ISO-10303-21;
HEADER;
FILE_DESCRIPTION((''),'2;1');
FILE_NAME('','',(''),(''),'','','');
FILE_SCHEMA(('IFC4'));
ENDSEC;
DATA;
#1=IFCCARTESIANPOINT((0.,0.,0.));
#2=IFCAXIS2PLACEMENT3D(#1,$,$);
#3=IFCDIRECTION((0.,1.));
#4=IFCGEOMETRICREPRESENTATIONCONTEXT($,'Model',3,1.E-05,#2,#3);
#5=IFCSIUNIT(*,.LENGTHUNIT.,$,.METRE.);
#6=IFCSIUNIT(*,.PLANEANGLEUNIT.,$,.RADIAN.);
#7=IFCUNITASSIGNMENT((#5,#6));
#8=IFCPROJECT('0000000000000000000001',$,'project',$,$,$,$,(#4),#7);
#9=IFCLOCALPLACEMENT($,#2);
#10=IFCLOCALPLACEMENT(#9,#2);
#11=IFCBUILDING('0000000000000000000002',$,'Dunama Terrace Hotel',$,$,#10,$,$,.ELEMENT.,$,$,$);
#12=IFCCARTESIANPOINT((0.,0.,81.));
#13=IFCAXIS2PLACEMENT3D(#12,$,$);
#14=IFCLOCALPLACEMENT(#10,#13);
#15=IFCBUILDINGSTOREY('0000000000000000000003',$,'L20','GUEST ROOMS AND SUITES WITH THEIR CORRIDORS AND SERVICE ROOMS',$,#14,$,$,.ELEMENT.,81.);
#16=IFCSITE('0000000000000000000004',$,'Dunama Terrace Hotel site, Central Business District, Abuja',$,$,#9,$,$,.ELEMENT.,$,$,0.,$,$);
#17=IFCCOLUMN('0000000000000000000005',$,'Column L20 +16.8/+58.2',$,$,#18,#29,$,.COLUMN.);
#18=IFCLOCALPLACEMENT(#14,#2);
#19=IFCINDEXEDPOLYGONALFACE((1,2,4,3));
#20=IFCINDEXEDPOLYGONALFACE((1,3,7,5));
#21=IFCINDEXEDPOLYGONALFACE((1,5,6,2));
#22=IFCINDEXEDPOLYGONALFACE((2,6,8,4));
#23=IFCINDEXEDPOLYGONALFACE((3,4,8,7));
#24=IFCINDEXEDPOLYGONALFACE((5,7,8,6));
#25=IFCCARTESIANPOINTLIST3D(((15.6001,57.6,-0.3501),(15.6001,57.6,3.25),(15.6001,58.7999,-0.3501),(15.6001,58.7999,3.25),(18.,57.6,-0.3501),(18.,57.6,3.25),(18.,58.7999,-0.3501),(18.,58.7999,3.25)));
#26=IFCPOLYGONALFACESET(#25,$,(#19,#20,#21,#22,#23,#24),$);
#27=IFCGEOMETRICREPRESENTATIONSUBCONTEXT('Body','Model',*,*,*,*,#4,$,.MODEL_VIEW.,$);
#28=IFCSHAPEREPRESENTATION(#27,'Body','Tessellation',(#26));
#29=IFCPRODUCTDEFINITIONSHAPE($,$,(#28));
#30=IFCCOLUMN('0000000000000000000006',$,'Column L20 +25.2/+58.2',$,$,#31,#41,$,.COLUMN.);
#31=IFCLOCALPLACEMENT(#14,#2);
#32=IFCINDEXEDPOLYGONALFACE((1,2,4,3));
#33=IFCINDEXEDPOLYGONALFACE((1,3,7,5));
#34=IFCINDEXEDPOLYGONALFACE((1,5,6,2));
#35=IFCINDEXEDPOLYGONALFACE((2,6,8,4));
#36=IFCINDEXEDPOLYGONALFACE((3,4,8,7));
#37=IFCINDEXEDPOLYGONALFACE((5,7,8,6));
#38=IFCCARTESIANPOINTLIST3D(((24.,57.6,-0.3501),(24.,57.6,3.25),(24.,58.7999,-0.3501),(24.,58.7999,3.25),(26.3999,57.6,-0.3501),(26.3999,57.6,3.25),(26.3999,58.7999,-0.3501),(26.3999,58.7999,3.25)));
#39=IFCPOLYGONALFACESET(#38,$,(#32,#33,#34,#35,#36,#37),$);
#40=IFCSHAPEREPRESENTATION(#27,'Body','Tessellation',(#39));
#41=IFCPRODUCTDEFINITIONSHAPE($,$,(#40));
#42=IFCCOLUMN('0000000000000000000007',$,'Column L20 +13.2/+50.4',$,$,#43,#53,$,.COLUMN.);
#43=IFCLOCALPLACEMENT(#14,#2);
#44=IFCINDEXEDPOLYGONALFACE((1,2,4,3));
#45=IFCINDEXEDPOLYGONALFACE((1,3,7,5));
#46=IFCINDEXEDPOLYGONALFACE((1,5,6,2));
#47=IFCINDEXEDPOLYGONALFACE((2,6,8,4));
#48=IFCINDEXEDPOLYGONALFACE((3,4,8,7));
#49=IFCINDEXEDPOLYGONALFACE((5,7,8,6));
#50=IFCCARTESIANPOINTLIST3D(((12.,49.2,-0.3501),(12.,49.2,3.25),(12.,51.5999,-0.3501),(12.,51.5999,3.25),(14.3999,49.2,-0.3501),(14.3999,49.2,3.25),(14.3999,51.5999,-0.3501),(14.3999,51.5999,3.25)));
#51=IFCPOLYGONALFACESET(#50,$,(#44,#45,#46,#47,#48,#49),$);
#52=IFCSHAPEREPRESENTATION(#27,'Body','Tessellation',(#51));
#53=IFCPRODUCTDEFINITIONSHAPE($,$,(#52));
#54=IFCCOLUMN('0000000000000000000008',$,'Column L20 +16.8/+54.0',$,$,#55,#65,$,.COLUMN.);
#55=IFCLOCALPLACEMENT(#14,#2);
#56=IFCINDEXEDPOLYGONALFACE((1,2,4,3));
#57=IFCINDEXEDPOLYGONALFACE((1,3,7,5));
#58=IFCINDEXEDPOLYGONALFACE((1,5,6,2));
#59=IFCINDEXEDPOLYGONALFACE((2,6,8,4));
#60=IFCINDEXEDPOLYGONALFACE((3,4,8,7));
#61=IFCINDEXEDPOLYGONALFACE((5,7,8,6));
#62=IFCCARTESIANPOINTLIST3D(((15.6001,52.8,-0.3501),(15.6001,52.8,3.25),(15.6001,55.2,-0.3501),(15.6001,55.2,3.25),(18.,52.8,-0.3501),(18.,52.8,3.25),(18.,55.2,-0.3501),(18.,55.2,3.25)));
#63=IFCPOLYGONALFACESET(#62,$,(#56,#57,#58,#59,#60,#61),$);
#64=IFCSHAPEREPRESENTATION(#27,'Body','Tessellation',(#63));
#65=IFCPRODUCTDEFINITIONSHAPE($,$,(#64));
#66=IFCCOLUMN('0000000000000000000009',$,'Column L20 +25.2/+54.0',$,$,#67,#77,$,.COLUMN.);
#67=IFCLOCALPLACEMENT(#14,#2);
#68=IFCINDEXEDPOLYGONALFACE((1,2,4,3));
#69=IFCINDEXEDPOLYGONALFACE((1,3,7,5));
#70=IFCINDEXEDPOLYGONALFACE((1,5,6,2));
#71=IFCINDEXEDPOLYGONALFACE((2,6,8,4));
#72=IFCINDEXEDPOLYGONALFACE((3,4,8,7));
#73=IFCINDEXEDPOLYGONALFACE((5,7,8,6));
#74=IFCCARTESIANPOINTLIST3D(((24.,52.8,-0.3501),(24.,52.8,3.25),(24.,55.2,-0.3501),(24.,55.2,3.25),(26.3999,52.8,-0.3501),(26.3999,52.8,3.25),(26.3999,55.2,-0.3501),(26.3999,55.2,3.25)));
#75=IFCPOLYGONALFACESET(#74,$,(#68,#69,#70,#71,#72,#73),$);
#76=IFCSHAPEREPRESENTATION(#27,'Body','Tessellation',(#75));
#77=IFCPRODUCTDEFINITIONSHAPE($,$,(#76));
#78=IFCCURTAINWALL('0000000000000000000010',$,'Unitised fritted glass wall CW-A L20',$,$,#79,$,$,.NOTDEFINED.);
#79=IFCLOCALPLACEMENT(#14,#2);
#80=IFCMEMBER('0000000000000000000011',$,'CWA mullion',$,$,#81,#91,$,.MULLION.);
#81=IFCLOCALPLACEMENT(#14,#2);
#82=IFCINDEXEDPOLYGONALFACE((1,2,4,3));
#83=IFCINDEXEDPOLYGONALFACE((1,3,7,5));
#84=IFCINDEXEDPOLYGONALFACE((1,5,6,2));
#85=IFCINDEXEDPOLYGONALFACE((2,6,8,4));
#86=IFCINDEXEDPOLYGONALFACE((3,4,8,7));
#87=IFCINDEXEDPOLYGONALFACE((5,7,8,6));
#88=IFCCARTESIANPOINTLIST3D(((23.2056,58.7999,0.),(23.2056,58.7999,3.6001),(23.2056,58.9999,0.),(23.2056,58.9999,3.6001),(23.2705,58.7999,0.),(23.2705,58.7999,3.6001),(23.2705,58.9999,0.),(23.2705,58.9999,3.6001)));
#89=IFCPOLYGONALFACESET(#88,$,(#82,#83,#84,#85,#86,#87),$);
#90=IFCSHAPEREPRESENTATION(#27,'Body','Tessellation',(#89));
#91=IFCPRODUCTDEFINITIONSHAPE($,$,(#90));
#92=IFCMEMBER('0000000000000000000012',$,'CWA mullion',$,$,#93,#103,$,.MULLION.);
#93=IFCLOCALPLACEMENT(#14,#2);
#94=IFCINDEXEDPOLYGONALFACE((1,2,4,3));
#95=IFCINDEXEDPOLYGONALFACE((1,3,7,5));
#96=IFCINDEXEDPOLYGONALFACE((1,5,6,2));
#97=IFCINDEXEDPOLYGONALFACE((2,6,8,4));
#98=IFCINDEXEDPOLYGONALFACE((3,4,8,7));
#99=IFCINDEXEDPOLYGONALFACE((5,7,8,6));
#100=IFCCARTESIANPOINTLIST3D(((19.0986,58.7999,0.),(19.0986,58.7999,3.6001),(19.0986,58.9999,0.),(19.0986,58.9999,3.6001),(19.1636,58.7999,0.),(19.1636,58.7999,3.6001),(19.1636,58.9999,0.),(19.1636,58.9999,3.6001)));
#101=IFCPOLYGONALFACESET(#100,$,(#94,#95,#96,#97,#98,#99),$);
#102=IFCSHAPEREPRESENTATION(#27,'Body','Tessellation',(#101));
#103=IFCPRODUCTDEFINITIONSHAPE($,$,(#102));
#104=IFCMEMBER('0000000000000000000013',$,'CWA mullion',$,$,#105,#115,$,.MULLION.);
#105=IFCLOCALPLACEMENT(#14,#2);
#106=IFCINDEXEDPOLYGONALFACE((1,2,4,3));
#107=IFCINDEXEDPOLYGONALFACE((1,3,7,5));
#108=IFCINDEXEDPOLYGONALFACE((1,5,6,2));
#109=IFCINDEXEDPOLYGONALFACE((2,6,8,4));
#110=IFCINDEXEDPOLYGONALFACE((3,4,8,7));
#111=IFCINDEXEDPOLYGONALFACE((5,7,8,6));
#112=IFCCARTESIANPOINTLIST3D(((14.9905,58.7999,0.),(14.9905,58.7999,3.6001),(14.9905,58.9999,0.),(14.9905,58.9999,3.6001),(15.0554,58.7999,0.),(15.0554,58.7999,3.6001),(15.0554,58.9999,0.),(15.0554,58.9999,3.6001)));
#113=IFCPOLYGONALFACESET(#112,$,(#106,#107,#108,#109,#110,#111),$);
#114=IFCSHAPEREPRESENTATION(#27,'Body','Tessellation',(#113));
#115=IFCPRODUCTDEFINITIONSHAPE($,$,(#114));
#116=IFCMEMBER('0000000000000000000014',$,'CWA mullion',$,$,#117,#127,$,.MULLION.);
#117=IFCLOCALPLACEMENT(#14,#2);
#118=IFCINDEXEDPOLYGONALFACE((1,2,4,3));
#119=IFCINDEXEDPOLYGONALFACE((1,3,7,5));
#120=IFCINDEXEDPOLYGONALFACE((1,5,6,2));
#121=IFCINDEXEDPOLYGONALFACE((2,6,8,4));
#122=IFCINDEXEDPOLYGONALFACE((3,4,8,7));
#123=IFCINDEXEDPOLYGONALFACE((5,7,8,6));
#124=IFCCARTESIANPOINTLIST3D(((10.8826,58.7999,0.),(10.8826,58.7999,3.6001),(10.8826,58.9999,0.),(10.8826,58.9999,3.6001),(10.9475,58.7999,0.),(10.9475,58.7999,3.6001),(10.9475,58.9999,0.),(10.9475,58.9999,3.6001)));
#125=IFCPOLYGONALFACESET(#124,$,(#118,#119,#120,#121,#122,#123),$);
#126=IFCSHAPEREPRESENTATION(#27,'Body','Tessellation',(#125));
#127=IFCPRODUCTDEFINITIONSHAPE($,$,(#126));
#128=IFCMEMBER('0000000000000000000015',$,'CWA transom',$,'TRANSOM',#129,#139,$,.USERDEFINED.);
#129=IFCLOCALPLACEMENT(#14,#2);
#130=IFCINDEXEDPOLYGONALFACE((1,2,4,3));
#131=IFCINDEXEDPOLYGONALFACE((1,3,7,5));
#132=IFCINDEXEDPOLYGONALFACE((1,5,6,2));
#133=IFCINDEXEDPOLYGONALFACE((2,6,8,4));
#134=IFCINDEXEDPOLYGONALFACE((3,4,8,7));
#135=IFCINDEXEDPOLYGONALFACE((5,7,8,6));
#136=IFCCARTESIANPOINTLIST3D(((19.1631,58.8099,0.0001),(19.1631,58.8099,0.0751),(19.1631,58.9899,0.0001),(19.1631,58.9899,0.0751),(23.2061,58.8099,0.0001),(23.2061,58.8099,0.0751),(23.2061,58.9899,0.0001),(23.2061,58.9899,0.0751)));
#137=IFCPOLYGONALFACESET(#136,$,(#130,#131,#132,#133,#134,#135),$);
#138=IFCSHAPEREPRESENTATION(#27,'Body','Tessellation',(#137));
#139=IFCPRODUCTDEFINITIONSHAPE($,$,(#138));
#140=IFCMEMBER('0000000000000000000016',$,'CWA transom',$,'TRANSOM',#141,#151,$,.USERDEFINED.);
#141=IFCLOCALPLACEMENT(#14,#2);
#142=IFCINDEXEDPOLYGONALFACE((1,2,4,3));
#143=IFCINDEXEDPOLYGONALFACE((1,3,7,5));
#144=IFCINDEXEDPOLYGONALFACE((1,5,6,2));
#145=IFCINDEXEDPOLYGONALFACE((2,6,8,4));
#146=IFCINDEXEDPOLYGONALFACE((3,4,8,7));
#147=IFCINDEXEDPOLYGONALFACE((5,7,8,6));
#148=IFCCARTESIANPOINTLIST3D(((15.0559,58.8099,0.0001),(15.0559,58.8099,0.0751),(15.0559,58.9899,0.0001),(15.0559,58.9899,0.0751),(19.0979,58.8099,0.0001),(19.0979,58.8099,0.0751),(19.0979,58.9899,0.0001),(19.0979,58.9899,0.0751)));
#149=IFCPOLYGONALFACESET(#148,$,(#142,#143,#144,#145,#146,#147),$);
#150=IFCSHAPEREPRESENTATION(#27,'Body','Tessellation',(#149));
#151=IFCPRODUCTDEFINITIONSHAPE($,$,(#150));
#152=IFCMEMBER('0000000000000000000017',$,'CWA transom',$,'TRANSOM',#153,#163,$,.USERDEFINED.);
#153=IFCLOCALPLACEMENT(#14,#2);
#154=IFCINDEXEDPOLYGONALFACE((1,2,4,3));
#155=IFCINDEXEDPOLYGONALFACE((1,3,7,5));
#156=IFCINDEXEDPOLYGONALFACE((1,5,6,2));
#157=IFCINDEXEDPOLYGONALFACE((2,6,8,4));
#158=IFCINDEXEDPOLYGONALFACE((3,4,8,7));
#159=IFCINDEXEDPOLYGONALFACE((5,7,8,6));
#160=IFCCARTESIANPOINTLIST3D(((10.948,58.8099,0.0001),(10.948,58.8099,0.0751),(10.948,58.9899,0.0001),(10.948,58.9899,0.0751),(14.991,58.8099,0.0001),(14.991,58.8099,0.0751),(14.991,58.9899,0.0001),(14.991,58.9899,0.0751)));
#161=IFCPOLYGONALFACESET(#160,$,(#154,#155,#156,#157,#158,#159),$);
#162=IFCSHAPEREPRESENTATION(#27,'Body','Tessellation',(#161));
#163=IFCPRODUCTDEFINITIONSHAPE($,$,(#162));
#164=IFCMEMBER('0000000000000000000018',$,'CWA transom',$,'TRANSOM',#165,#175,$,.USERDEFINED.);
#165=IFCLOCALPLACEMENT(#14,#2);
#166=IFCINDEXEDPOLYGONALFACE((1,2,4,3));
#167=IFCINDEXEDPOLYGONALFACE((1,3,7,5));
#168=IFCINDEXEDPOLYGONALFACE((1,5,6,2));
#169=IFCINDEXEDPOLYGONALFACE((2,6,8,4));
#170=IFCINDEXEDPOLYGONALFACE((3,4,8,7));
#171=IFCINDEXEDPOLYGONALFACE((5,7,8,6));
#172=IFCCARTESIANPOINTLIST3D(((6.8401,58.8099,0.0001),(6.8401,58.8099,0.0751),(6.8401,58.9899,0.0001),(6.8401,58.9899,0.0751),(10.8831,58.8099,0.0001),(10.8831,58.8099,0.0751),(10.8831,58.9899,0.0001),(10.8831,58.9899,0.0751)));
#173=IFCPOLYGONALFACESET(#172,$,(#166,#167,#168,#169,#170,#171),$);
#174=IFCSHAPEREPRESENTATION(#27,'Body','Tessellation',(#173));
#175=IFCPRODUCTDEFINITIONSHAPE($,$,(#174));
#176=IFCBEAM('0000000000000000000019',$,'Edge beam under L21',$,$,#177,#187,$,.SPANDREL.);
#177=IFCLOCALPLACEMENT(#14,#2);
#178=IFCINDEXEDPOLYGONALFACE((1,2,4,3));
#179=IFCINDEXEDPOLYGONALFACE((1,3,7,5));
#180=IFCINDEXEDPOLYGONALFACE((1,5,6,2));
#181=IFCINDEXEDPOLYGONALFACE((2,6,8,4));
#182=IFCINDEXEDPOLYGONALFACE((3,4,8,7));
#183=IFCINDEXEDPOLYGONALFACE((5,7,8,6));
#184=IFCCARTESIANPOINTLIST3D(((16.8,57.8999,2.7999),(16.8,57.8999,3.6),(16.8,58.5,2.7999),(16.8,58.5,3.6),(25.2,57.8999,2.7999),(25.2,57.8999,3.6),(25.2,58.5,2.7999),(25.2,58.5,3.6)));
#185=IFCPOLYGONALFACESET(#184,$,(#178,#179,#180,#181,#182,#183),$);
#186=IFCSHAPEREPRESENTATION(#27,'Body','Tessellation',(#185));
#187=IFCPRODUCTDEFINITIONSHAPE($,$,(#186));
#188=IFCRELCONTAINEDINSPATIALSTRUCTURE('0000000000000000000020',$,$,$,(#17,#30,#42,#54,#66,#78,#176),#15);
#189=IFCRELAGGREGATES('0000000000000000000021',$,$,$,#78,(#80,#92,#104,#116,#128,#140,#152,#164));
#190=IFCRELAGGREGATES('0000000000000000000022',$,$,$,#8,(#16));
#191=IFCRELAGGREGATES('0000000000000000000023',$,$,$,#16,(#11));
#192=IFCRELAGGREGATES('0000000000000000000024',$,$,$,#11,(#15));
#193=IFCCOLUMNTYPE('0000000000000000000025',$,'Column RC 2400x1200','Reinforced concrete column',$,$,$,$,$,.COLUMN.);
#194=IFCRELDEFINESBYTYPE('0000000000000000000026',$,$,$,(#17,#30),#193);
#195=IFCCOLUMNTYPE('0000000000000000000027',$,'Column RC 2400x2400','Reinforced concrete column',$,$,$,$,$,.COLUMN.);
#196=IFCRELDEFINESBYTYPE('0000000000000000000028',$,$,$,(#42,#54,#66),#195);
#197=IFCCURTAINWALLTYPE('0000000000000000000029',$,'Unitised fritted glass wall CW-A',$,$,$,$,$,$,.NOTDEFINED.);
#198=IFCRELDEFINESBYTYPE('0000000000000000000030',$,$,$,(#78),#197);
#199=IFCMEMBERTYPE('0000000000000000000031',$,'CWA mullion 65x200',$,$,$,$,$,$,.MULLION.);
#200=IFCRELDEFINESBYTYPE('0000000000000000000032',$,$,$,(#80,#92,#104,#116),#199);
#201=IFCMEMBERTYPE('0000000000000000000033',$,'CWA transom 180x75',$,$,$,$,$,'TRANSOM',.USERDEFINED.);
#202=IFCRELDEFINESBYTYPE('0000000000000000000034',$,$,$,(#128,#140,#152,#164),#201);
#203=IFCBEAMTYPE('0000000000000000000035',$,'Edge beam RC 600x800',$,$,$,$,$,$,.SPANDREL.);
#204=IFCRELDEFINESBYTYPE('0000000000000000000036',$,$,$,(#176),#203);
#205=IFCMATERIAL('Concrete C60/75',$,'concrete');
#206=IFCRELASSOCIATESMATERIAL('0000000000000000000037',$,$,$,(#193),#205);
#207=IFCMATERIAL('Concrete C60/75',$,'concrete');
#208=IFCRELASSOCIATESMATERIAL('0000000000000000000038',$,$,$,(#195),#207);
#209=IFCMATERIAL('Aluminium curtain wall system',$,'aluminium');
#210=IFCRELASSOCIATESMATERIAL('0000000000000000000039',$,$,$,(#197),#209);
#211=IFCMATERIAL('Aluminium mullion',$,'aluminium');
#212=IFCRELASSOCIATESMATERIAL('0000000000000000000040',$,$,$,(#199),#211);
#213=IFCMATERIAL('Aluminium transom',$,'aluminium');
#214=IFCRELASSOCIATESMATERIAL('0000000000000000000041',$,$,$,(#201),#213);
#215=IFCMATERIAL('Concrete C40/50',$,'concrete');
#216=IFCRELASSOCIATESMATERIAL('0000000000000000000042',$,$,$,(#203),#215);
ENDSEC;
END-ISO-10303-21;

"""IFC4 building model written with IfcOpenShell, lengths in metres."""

from ifc_helpers import new_model, si_unit, direction, frame, origin, origin_2d, place, context, subcontext, project, spatial, rectangle, extrude, material, material_profile, profile_set, type_object, element, aggregate, save


model = new_model("IFC4")

# Units and contexts
model_context = context("Model", 3, precision=1e-05, world=origin(), true_north=direction((0.0, 1.0)))
body_context = subcontext(model_context, "Body", "Model", "MODEL_VIEW")
ifc_project = project(units=[si_unit("LENGTHUNIT", "METRE"), si_unit("PLANEANGLEUNIT", "RADIAN")], contexts=[model_context])

# Site, building, storey
site_placement = place(None, origin())
site = spatial("IfcSite", under=ifc_project, at=site_placement, Name="Dunama Terrace Hotel site, Central Business District, Abuja", CompositionType="ELEMENT", RefElevation=0.0)
building_placement = place(site_placement, origin())
building = spatial("IfcBuilding", under=site, at=building_placement, Name="Dunama Terrace Hotel", CompositionType="ELEMENT")
storey_placement = place(building_placement, frame((0.0, 0.0, 81.0)))
storey = spatial("IfcBuildingStorey", under=building, at=storey_placement, Name="L20", Description="GUEST ROOMS AND SUITES WITH THEIR CORRIDORS AND SERVICE ROOMS", CompositionType="ELEMENT", Elevation=81.0)

# Columns
ifc_material_1 = material(Name="Concrete C60/75", Category="concrete")
ifc_material_profile_1 = material_profile(ifc_material_1, rectangle(XDim=2.3999, YDim=1.2, at=origin_2d()), Name="RC 2400x1200")
ifc_profile_set_1 = profile_set([ifc_material_profile_1], Name="Concrete C60/75")
column_type_1 = type_object("IfcColumnType", Name="Column RC 2400x1200", Description="Reinforced concrete column", PredefinedType="COLUMN", material=ifc_profile_set_1)
for number, where, z_axis, x_axis, name in (
    (1, (16.8, 58.2, -0.3501), (0.0, 0.0, 1.0), (1.0, 0.0, 0.0), "Column L20 +16.8/+58.2"),
    (2, (25.2, 58.2, -0.3501), (0.0, 0.0, 1.0), (1.0, 0.0, 0.0), "Column L20 +25.2/+58.2"),
):
    element("IfcColumn", number, at=place(storey_placement, frame(where, z_axis=z_axis, x_axis=x_axis)), inside=storey, type_object=column_type_1, Name=name, PredefinedType="COLUMN", context=body_context, shape_type="SweptSolid", body=[
        extrude(rectangle(XDim=2.3999, YDim=1.2, at=origin_2d()), origin(), (0.0, 0.0, 1.0), 3.6001),
    ])
ifc_material_2 = material(Name="Concrete C60/75", Category="concrete")
ifc_material_profile_2 = material_profile(ifc_material_2, rectangle(XDim=2.3999, YDim=2.3999, at=origin_2d()), Name="RC 2400x2400")
ifc_profile_set_2 = profile_set([ifc_material_profile_2], Name="Concrete C60/75")
column_type_2 = type_object("IfcColumnType", Name="Column RC 2400x2400", Description="Reinforced concrete column", PredefinedType="COLUMN", material=ifc_profile_set_2)
for number, where, z_axis, x_axis, name in (
    (3, (13.2, 50.3999, -0.3501), (0.0, 0.0, 1.0), (1.0, 0.0, 0.0), "Column L20 +13.2/+50.4"),
    (4, (16.8, 54.0, -0.3501), (0.0, 0.0, 1.0), (1.0, 0.0, 0.0), "Column L20 +16.8/+54.0"),
    (5, (25.2, 54.0, -0.3501), (0.0, 0.0, 1.0), (1.0, 0.0, 0.0), "Column L20 +25.2/+54.0"),
):
    element("IfcColumn", number, at=place(storey_placement, frame(where, z_axis=z_axis, x_axis=x_axis)), inside=storey, type_object=column_type_2, Name=name, PredefinedType="COLUMN", context=body_context, shape_type="SweptSolid", body=[
        extrude(rectangle(XDim=2.3999, YDim=2.3999, at=origin_2d()), origin(), (0.0, 0.0, 1.0), 3.6001),
    ])

# Curtain wall, members
ifc_material_3 = material(Name="Aluminium curtain wall system", Category="aluminium")
curtain_wall_type = type_object("IfcCurtainWallType", Name="Unitised fritted glass wall CW-A", PredefinedType="NOTDEFINED", material=ifc_material_3)
curtain_wall_placement = place(storey_placement, origin())
curtain_wall = element("IfcCurtainWall", 6, at=curtain_wall_placement, inside=storey, type_object=curtain_wall_type, Name="Unitised fritted glass wall CW-A L20", PredefinedType="NOTDEFINED")
ifc_material_4 = material(Name="Aluminium mullion", Category="aluminium")
ifc_material_profile_3 = material_profile(ifc_material_4, rectangle(XDim=0.0649, YDim=0.2, at=origin_2d()), Name="CWA MULLION 65X200")
ifc_profile_set_3 = profile_set([ifc_material_profile_3], Name="Aluminium mullion")
member_type_1 = type_object("IfcMemberType", Name="CWA mullion 65x200", PredefinedType="MULLION", material=ifc_profile_set_3)
member_1_placement = place(storey_placement, frame((23.238, 58.8999, 0.0), z_axis=(0.0, 0.0, 1.0), x_axis=(-1.0, 0.0, 0.0)))
member_1 = element("IfcMember", 7, at=member_1_placement, type_object=member_type_1, Name="CWA mullion", PredefinedType="MULLION", context=body_context, shape_type="SweptSolid", body=[
    extrude(rectangle(XDim=0.0649, YDim=0.2, at=origin_2d()), origin(), (0.0, 0.0, 1.0), 3.6001),
])
member_2_placement = place(storey_placement, frame((19.1311, 58.8999, 0.0), z_axis=(0.0, 0.0, 1.0), x_axis=(-1.0, 0.0, 0.0)))
member_2 = element("IfcMember", 8, at=member_2_placement, type_object=member_type_1, Name="CWA mullion", PredefinedType="MULLION", context=body_context, shape_type="SweptSolid", body=[
    extrude(rectangle(XDim=0.0649, YDim=0.2, at=origin_2d()), origin(), (0.0, 0.0, 1.0), 3.6001),
])
member_3_placement = place(storey_placement, frame((15.0229, 58.8999, 0.0), z_axis=(0.0, 0.0, 1.0), x_axis=(-1.0, 0.0, 0.0)))
member_3 = element("IfcMember", 9, at=member_3_placement, type_object=member_type_1, Name="CWA mullion", PredefinedType="MULLION", context=body_context, shape_type="SweptSolid", body=[
    extrude(rectangle(XDim=0.0649, YDim=0.2, at=origin_2d()), origin(), (0.0, 0.0, 1.0), 3.6001),
])
member_4_placement = place(storey_placement, frame((10.915, 58.8999, 0.0), z_axis=(0.0, 0.0, 1.0), x_axis=(-1.0, 0.0, 0.0)))
member_4 = element("IfcMember", 10, at=member_4_placement, type_object=member_type_1, Name="CWA mullion", PredefinedType="MULLION", context=body_context, shape_type="SweptSolid", body=[
    extrude(rectangle(XDim=0.0649, YDim=0.2, at=origin_2d()), origin(), (0.0, 0.0, 1.0), 3.6001),
])
ifc_material_5 = material(Name="Aluminium transom", Category="aluminium")
ifc_material_profile_4 = material_profile(ifc_material_5, rectangle(XDim=0.1799, YDim=0.075, at=origin_2d()), Name="CWA TRANSOM 180X75")
ifc_profile_set_4 = profile_set([ifc_material_profile_4], Name="Aluminium transom")
member_type_2 = type_object("IfcMemberType", Name="CWA transom 180x75", ElementType="TRANSOM", PredefinedType="USERDEFINED", material=ifc_profile_set_4)
member_5_placement = place(storey_placement, frame((23.2061, 58.8999, 0.0376), z_axis=(-1.0, 0.0, 0.0), x_axis=(0.0, -1.0, 0.0)))
member_5 = element("IfcMember", 11, at=member_5_placement, type_object=member_type_2, Name="CWA transom", ObjectType="TRANSOM", PredefinedType="USERDEFINED", context=body_context, shape_type="SweptSolid", body=[
    extrude(rectangle(XDim=0.1799, YDim=0.075, at=origin_2d()), origin(), (0.0, 0.0, 1.0), 4.043),
])
member_6_placement = place(storey_placement, frame((19.0979, 58.8999, 0.0376), z_axis=(-1.0, 0.0, 0.0), x_axis=(0.0, -1.0, 0.0)))
member_6 = element("IfcMember", 12, at=member_6_placement, type_object=member_type_2, Name="CWA transom", ObjectType="TRANSOM", PredefinedType="USERDEFINED", context=body_context, shape_type="SweptSolid", body=[
    extrude(rectangle(XDim=0.1799, YDim=0.075, at=origin_2d()), origin(), (0.0, 0.0, 1.0), 4.042),
])
member_7_placement = place(storey_placement, frame((14.991, 58.8999, 0.0376), z_axis=(-1.0, 0.0, 0.0), x_axis=(0.0, -1.0, 0.0)))
member_7 = element("IfcMember", 13, at=member_7_placement, type_object=member_type_2, Name="CWA transom", ObjectType="TRANSOM", PredefinedType="USERDEFINED", context=body_context, shape_type="SweptSolid", body=[
    extrude(rectangle(XDim=0.1799, YDim=0.075, at=origin_2d()), origin(), (0.0, 0.0, 1.0), 4.043),
])
member_8_placement = place(storey_placement, frame((10.8831, 58.8999, 0.0376), z_axis=(-1.0, 0.0, 0.0), x_axis=(0.0, -1.0, 0.0)))
member_8 = element("IfcMember", 14, at=member_8_placement, type_object=member_type_2, Name="CWA transom", ObjectType="TRANSOM", PredefinedType="USERDEFINED", context=body_context, shape_type="SweptSolid", body=[
    extrude(rectangle(XDim=0.1799, YDim=0.075, at=origin_2d()), origin(), (0.0, 0.0, 1.0), 4.043),
])

# Beam
ifc_material_6 = material(Name="Concrete C40/50", Category="concrete")
ifc_material_profile_5 = material_profile(ifc_material_6, rectangle(XDim=0.6001, YDim=0.8, at=origin_2d()), Name="RC 600x800")
ifc_profile_set_5 = profile_set([ifc_material_profile_5], Name="Concrete C40/50")
beam_type = type_object("IfcBeamType", Name="Edge beam RC 600x800", PredefinedType="SPANDREL", material=ifc_profile_set_5)
beam_1_placement = place(storey_placement, frame((16.8, 58.2, 3.2), z_axis=(1.0, 0.0, 0.0), x_axis=(0.0, 1.0, 0.0)))
element("IfcBeam", 15, at=beam_1_placement, inside=storey, type_object=beam_type, Name="Edge beam under L21", PredefinedType="SPANDREL", context=body_context, shape_type="SweptSolid", body=[
    extrude(rectangle(XDim=0.6001, YDim=0.8, at=origin_2d()), origin(), (0.0, 0.0, 1.0), 8.3999),
])

aggregate(curtain_wall, [member_1, member_2, member_3, member_4, member_5, member_6, member_7, member_8])

save(model, "model.ifc")
